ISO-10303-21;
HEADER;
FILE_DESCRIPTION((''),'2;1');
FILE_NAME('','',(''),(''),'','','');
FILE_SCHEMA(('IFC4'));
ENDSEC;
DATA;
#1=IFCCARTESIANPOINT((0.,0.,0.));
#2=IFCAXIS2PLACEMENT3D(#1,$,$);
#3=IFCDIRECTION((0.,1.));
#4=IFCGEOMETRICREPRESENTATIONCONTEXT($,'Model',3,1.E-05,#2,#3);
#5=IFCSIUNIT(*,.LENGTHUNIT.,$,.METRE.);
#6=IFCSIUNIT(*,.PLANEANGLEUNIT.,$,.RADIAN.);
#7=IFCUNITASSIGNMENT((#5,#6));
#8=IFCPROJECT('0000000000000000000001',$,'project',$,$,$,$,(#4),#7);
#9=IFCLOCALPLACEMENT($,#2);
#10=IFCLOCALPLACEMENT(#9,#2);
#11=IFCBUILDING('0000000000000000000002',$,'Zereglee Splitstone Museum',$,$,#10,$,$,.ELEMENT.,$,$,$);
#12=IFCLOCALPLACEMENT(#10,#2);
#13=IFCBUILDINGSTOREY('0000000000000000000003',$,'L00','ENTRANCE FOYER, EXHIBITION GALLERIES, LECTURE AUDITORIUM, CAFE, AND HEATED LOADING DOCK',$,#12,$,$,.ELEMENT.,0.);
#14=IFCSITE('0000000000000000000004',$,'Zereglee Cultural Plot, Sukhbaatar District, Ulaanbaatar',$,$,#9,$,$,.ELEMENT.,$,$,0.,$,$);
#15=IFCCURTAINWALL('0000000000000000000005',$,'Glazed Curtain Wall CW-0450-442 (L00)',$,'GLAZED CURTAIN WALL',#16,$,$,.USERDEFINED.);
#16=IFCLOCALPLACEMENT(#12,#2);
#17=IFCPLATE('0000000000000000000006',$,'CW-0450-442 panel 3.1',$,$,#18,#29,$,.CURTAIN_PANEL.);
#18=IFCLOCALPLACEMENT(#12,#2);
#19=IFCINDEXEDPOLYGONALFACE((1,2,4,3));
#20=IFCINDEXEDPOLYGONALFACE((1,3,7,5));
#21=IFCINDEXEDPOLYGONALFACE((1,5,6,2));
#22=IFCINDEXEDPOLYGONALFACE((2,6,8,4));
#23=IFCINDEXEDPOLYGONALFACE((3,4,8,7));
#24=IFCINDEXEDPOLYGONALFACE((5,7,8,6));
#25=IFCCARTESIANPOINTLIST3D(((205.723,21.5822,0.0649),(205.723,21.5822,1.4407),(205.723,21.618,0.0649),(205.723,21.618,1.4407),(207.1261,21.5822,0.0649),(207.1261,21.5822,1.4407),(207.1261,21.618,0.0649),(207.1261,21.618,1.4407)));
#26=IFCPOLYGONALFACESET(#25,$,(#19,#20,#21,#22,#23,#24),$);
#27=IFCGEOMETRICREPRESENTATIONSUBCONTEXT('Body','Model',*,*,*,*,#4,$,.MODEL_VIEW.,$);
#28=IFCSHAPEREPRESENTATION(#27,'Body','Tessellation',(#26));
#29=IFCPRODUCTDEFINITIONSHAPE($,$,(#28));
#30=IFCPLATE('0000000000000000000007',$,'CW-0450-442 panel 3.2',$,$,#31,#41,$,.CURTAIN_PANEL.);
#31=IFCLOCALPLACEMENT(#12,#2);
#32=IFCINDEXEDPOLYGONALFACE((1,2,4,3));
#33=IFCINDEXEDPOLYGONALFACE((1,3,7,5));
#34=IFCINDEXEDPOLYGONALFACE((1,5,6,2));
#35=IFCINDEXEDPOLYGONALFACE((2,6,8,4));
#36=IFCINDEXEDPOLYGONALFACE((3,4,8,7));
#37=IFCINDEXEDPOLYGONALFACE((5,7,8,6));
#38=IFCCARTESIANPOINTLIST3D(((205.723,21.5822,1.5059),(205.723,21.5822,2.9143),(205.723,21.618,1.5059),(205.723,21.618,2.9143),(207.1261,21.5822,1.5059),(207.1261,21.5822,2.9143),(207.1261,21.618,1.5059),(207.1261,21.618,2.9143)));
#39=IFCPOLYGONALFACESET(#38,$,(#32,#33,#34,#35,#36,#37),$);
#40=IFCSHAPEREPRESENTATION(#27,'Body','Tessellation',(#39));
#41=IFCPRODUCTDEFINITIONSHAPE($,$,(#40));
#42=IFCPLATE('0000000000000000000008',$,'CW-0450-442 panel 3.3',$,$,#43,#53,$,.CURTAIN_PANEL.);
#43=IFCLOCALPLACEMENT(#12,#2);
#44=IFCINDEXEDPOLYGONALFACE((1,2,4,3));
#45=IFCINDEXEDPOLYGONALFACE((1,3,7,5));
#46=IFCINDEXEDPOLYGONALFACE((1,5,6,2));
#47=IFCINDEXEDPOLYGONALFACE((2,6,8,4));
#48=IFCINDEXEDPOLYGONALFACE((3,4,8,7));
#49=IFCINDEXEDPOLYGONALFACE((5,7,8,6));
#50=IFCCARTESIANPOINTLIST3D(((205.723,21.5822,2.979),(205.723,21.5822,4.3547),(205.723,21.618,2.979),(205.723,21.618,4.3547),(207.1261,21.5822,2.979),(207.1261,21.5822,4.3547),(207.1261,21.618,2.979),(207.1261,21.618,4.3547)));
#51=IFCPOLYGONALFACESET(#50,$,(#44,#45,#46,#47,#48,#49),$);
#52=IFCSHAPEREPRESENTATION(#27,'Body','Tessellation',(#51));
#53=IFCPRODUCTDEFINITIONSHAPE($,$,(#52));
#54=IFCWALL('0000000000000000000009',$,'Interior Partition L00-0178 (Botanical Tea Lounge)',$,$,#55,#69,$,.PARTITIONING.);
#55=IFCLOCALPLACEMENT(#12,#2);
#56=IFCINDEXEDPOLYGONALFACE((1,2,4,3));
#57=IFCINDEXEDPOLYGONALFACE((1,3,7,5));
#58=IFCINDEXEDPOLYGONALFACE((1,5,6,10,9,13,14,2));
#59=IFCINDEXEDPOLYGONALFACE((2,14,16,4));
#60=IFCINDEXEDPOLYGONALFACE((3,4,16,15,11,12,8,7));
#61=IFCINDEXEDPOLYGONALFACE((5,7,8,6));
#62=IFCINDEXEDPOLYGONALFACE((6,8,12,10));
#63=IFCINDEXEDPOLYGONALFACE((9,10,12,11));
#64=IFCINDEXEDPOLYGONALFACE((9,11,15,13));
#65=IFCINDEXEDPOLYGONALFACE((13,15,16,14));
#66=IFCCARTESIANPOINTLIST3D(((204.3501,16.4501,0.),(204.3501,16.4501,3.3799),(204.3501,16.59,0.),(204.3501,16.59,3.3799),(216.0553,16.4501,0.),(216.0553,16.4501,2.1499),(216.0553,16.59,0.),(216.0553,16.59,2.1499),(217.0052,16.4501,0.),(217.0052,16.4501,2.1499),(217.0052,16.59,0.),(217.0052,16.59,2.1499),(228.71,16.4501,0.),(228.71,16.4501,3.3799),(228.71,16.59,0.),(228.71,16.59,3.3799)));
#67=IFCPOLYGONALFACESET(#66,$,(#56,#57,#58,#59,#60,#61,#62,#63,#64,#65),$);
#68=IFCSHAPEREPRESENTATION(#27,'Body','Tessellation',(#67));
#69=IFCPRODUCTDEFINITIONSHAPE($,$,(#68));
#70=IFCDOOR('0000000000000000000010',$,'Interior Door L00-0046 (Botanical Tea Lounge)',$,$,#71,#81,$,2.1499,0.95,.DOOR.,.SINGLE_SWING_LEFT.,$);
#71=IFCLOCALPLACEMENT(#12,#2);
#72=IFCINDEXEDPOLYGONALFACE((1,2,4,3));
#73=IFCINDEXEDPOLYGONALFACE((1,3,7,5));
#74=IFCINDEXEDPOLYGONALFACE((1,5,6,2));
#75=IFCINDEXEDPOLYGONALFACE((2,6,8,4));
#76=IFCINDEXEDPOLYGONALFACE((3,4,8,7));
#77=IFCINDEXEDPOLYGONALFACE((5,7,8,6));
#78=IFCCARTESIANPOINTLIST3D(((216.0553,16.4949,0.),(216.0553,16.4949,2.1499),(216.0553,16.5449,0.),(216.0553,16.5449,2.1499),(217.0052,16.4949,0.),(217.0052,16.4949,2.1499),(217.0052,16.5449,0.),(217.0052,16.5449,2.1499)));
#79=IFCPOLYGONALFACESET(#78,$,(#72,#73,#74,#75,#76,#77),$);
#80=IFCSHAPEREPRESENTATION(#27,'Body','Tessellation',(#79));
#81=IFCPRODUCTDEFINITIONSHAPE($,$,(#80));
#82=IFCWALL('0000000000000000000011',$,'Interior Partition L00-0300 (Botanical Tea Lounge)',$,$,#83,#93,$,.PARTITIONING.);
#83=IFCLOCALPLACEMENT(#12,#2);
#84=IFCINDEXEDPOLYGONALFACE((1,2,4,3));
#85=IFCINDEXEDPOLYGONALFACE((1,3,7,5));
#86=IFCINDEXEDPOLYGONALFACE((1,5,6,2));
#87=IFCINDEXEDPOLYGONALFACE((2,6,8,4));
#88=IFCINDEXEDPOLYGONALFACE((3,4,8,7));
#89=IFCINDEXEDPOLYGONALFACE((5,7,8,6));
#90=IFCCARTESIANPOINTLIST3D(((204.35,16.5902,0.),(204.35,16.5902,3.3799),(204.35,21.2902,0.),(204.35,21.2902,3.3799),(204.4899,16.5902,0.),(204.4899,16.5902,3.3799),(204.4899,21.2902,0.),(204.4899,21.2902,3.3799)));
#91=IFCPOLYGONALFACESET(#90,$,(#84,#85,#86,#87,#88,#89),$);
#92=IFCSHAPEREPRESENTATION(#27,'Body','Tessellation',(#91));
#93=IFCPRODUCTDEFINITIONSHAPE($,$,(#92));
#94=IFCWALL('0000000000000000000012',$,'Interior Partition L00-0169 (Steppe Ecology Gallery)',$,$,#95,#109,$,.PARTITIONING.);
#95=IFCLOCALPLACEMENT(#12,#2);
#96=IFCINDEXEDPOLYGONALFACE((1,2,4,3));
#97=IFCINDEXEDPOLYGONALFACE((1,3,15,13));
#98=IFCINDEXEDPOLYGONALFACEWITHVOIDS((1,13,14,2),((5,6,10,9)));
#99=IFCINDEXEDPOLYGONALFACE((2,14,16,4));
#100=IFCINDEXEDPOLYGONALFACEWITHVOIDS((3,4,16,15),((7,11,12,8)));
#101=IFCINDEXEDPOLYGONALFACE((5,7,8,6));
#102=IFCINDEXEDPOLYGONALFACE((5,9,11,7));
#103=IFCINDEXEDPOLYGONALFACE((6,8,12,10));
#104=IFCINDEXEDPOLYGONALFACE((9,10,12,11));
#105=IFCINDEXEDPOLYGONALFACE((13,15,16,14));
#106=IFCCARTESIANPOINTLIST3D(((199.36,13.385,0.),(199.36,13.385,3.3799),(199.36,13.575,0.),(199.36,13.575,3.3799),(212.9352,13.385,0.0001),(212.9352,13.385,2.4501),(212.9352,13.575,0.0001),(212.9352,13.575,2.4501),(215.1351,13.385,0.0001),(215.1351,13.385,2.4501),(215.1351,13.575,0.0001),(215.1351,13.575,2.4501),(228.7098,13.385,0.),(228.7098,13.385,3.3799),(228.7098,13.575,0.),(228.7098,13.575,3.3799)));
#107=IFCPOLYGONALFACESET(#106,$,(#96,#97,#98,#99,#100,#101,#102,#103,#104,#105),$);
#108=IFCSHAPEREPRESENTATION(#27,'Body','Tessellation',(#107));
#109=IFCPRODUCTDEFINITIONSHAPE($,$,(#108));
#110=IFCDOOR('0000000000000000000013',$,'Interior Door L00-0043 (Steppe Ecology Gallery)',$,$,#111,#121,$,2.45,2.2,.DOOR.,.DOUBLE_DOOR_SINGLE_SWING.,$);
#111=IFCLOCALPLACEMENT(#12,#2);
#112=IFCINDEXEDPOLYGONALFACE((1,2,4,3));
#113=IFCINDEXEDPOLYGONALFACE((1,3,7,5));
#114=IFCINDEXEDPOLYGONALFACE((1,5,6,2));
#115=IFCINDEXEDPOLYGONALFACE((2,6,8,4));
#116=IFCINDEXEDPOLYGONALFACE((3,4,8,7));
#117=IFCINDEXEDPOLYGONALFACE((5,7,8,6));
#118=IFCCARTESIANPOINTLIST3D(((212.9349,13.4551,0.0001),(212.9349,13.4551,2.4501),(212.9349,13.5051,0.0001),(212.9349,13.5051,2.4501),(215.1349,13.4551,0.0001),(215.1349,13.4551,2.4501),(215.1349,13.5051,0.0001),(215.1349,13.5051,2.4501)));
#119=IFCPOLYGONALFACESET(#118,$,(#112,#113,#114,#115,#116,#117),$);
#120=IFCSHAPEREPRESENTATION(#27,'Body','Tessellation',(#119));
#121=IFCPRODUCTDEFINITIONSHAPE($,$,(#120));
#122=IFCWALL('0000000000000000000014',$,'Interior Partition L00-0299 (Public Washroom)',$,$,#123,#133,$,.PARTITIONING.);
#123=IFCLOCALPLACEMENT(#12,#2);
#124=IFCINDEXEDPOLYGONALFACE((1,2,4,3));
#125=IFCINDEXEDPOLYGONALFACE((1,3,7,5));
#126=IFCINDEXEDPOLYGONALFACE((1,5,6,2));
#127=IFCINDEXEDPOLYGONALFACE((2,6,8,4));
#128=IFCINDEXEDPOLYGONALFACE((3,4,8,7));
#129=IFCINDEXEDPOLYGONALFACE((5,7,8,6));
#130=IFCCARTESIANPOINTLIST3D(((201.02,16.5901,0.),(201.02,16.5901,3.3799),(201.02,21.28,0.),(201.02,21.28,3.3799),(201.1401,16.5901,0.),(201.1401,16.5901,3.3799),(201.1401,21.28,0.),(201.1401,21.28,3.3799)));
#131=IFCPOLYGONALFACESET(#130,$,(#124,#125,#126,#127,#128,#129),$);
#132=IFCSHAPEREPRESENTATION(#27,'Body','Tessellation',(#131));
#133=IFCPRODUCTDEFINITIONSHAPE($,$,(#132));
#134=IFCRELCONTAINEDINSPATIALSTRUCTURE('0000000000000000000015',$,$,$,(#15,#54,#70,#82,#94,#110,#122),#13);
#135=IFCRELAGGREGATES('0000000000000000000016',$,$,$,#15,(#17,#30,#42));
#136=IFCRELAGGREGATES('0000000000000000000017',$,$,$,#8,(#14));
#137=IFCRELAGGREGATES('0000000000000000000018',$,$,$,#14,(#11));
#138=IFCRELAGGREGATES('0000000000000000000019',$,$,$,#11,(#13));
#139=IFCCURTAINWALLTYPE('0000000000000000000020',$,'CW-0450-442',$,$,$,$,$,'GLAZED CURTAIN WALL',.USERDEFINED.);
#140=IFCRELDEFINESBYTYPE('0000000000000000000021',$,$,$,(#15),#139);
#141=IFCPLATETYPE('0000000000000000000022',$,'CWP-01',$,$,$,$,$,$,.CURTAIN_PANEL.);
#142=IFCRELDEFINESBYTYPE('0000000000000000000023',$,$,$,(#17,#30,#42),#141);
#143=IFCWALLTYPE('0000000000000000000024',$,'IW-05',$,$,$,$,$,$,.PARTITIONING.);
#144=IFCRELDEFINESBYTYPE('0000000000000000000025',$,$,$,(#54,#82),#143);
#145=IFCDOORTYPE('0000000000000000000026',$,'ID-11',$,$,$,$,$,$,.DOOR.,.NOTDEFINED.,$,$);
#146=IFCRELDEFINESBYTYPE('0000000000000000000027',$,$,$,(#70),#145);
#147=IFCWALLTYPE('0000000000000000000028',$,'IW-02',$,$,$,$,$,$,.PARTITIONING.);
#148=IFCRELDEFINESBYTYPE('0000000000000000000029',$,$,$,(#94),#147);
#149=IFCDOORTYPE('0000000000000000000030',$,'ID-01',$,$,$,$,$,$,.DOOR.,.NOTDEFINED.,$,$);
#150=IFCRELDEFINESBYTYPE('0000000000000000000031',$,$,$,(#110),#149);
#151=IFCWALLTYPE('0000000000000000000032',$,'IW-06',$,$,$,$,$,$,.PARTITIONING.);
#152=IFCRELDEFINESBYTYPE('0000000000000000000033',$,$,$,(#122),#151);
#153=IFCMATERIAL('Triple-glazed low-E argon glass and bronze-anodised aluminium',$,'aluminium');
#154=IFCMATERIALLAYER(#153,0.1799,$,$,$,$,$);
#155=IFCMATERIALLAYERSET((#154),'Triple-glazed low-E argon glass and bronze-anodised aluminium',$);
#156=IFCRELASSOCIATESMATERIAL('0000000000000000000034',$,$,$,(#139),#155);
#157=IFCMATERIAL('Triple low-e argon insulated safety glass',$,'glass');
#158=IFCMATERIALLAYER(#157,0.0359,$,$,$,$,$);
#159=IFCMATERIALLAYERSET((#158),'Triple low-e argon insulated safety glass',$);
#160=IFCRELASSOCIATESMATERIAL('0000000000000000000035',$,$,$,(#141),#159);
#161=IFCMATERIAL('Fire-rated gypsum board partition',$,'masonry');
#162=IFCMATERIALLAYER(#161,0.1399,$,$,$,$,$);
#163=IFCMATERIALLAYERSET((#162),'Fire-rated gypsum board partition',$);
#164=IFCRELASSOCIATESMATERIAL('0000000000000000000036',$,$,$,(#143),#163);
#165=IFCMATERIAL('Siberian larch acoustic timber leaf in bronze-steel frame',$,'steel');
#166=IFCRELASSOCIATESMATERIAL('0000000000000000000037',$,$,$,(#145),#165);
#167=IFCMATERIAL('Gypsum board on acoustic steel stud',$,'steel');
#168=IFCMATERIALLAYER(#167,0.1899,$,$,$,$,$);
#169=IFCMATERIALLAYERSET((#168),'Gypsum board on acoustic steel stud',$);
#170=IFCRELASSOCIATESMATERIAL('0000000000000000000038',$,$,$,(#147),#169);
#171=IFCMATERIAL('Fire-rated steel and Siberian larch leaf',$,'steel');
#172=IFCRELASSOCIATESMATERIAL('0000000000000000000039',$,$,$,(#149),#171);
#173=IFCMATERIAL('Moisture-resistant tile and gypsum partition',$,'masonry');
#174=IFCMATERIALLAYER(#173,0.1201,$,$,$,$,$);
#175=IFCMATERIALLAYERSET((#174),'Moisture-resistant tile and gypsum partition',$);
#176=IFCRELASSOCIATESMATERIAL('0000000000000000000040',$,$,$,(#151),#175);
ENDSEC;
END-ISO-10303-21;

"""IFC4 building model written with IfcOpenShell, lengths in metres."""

from ifc_helpers import new_model, si_unit, direction, frame, frame_2d, origin, origin_2d, place, context, subcontext, project, spatial, rectangle, extrude, material, layer, layer_set, type_object, element, fill, aggregate, save


model = new_model("IFC4")

# Units and contexts
model_context = context("Model", 3, precision=1e-05, world=origin(), true_north=direction((0.0, 1.0)))
body_context = subcontext(model_context, "Body", "Model", "MODEL_VIEW")
ifc_project = project(units=[si_unit("LENGTHUNIT", "METRE"), si_unit("PLANEANGLEUNIT", "RADIAN")], contexts=[model_context])

# Site, building, storey
site_placement = place(None, origin())
site = spatial("IfcSite", under=ifc_project, at=site_placement, Name="Zereglee Cultural Plot, Sukhbaatar District, Ulaanbaatar", CompositionType="ELEMENT", RefElevation=0.0)
building_placement = place(site_placement, origin())
building = spatial("IfcBuilding", under=site, at=building_placement, Name="Zereglee Splitstone Museum", CompositionType="ELEMENT")
storey_placement = place(building_placement, origin())
storey = spatial("IfcBuildingStorey", under=building, at=storey_placement, Name="L00", Description="ENTRANCE FOYER, EXHIBITION GALLERIES, LECTURE AUDITORIUM, CAFE, AND HEATED LOADING DOCK", CompositionType="ELEMENT", Elevation=0.0)

# Curtain wall
ifc_material_1 = material(Name="Triple-glazed low-E argon glass and bronze-anodised aluminium", Category="aluminium")
ifc_layer_1 = layer(ifc_material_1, 0.1799)
ifc_layer_set_1 = layer_set([ifc_layer_1], Name="Triple-glazed low-E argon glass and bronze-anodised aluminium")
curtain_wall_type = type_object("IfcCurtainWallType", Name="CW-0450-442", ElementType="GLAZED CURTAIN WALL", PredefinedType="USERDEFINED", material=ifc_layer_set_1)
curtain_wall_placement = place(storey_placement, origin())
curtain_wall = element("IfcCurtainWall", 1, at=curtain_wall_placement, inside=storey, type_object=curtain_wall_type, Name="Glazed Curtain Wall CW-0450-442 (L00)", ObjectType="GLAZED CURTAIN WALL", PredefinedType="USERDEFINED")

# Plates
ifc_material_2 = material(Name="Triple low-e argon insulated safety glass", Category="glass")
ifc_layer_2 = layer(ifc_material_2, 0.0359)
ifc_layer_set_2 = layer_set([ifc_layer_2], Name="Triple low-e argon insulated safety glass")
plate_type = type_object("IfcPlateType", Name="CWP-01", PredefinedType="CURTAIN_PANEL", material=ifc_layer_set_2)
plate_1_placement = place(storey_placement, frame((206.4246, 21.6001, 0.0649), z_axis=(0.0, 0.0, 1.0), x_axis=(-1.0, 0.0, 0.0)))
plate_1 = element("IfcPlate", 2, at=plate_1_placement, type_object=plate_type, Name="CW-0450-442 panel 3.1", PredefinedType="CURTAIN_PANEL", context=body_context, shape_type="SweptSolid", body=[
    extrude(rectangle(XDim=1.4031, YDim=0.0359, at=origin_2d()), origin(), (0.0, 0.0, 1.0), 1.3757),
])
plate_2_placement = place(storey_placement, frame((206.4246, 21.6001, 1.5059), z_axis=(0.0, 0.0, 1.0), x_axis=(-1.0, 0.0, 0.0)))
plate_2 = element("IfcPlate", 3, at=plate_2_placement, type_object=plate_type, Name="CW-0450-442 panel 3.2", PredefinedType="CURTAIN_PANEL", context=body_context, shape_type="SweptSolid", body=[
    extrude(rectangle(XDim=1.4031, YDim=0.0359, at=origin_2d()), origin(), (0.0, 0.0, 1.0), 1.4084),
])
plate_3_placement = place(storey_placement, frame((206.4246, 21.6001, 2.979), z_axis=(0.0, 0.0, 1.0), x_axis=(-1.0, 0.0, 0.0)))
plate_3 = element("IfcPlate", 4, at=plate_3_placement, type_object=plate_type, Name="CW-0450-442 panel 3.3", PredefinedType="CURTAIN_PANEL", context=body_context, shape_type="SweptSolid", body=[
    extrude(rectangle(XDim=1.4031, YDim=0.0359, at=origin_2d()), origin(), (0.0, 0.0, 1.0), 1.3757),
])
aggregate(curtain_wall, [plate_1, plate_2, plate_3])

# Wall, opening, door
ifc_material_3 = material(Name="Fire-rated gypsum board partition", Category="masonry")
ifc_layer_3 = layer(ifc_material_3, 0.1399)
ifc_layer_set_3 = layer_set([ifc_layer_3], Name="Fire-rated gypsum board partition")
wall_type_1 = type_object("IfcWallType", Name="IW-05", PredefinedType="PARTITIONING", material=ifc_layer_set_3)
wall_1_placement = place(storey_placement, frame((204.3501, 16.52, 0.0), z_axis=(0.0, 0.0, 1.0), x_axis=(1.0, 0.0, 0.0)))
wall_1 = element("IfcWall", 5, at=wall_1_placement, inside=storey, type_object=wall_type_1, Name="Interior Partition L00-0178 (Botanical Tea Lounge)", PredefinedType="PARTITIONING", context=body_context, shape_type="SweptSolid", body=[
    extrude(rectangle(XDim=24.3599, YDim=0.1399, at=frame_2d((12.1799, 0.0))), origin(), (0.0, 0.0, 1.0), 3.3799),
])
opening_1_placement = place(wall_1_placement, frame((11.7051, 0.0, 0.0)))
opening_1 = element("IfcOpeningElement", 6, at=opening_1_placement, cuts=wall_1, PredefinedType="OPENING", context=body_context, shape_type="SweptSolid", body=[
    extrude(rectangle(XDim=0.95, YDim=2.1499, at=frame_2d((0.4751, 1.075))), frame((0.0, 0.085, 0.0), z_axis=(0.0, -1.0, 0.0), x_axis=(1.0, 0.0, 0.0)), (0.0, 0.0, 1.0), 0.1697),
])
ifc_material_4 = material(Name="Siberian larch acoustic timber leaf in bronze-steel frame", Category="steel")
door_type_1 = type_object("IfcDoorType", Name="ID-11", OperationType="NOTDEFINED", PredefinedType="DOOR", material=ifc_material_4)
door_1_placement = place(opening_1_placement, origin())
door_1 = element("IfcDoor", 7, at=door_1_placement, inside=storey, type_object=door_type_1, Name="Interior Door L00-0046 (Botanical Tea Lounge)", OperationType="SINGLE_SWING_LEFT", OverallHeight=2.1499, OverallWidth=0.95, PredefinedType="DOOR", context=body_context, shape_type="SweptSolid", body=[
    extrude(rectangle(XDim=0.95, YDim=2.1499, at=frame_2d((0.4751, 1.075))), frame((0.0, 0.0249, 0.0), z_axis=(0.0, -1.0, 0.0), x_axis=(1.0, 0.0, 0.0)), (0.0, 0.0, 1.0), 0.05),
])
fill(opening_1, door_1)

# Wall
wall_2_placement = place(storey_placement, frame((204.4199, 16.5901, 0.0), z_axis=(0.0, 0.0, 1.0), x_axis=(0.0, 1.0, 0.0)))
element("IfcWall", 8, at=wall_2_placement, inside=storey, type_object=wall_type_1, Name="Interior Partition L00-0300 (Botanical Tea Lounge)", PredefinedType="PARTITIONING", context=body_context, shape_type="SweptSolid", body=[
    extrude(rectangle(XDim=4.7, YDim=0.1399, at=frame_2d((2.3501, 0.0))), origin(), (0.0, 0.0, 1.0), 3.3799),
])

# Wall, opening, door
ifc_material_5 = material(Name="Gypsum board on acoustic steel stud", Category="steel")
ifc_layer_4 = layer(ifc_material_5, 0.1899)
ifc_layer_set_4 = layer_set([ifc_layer_4], Name="Gypsum board on acoustic steel stud")
wall_type_2 = type_object("IfcWallType", Name="IW-02", PredefinedType="PARTITIONING", material=ifc_layer_set_4)
wall_3_placement = place(storey_placement, frame((199.3601, 13.48, 0.0), z_axis=(0.0, 0.0, 1.0), x_axis=(1.0, 0.0, 0.0)))
wall_3 = element("IfcWall", 9, at=wall_3_placement, inside=storey, type_object=wall_type_2, Name="Interior Partition L00-0169 (Steppe Ecology Gallery)", PredefinedType="PARTITIONING", context=body_context, shape_type="SweptSolid", body=[
    extrude(rectangle(XDim=29.3499, YDim=0.1899, at=frame_2d((14.6748, 0.0))), origin(), (0.0, 0.0, 1.0), 3.3799),
])
opening_2_placement = place(wall_3_placement, frame((13.575, 0.0, 0.0)))
opening_2 = element("IfcOpeningElement", 10, at=opening_2_placement, cuts=wall_3, PredefinedType="OPENING", context=body_context, shape_type="SweptSolid", body=[
    extrude(rectangle(XDim=2.2, YDim=2.45, at=frame_2d((1.1001, 1.2251))), frame((0.0, 0.1099, 0.0), z_axis=(0.0, -1.0, 0.0), x_axis=(1.0, 0.0, 0.0)), (0.0, 0.0, 1.0), 0.2197),
])
ifc_material_6 = material(Name="Fire-rated steel and Siberian larch leaf", Category="steel")
door_type_2 = type_object("IfcDoorType", Name="ID-01", OperationType="NOTDEFINED", PredefinedType="DOOR", material=ifc_material_6)
door_2_placement = place(opening_2_placement, frame((2.2, 0.0, 0.0), z_axis=(0.0, 0.0, 1.0), x_axis=(-1.0, 0.0, 0.0)))
door_2 = element("IfcDoor", 11, at=door_2_placement, inside=storey, type_object=door_type_2, Name="Interior Door L00-0043 (Steppe Ecology Gallery)", OperationType="DOUBLE_DOOR_SINGLE_SWING", OverallHeight=2.45, OverallWidth=2.2, PredefinedType="DOOR", context=body_context, shape_type="SweptSolid", body=[
    extrude(rectangle(XDim=2.2, YDim=2.45, at=frame_2d((1.1001, 1.2251))), frame((0.0, 0.0249, 0.0), z_axis=(0.0, -1.0, 0.0), x_axis=(1.0, 0.0, 0.0)), (0.0, 0.0, 1.0), 0.05),
])
fill(opening_2, door_2)

# Wall
ifc_material_7 = material(Name="Moisture-resistant tile and gypsum partition", Category="masonry")
ifc_layer_5 = layer(ifc_material_7, 0.1201)
ifc_layer_set_5 = layer_set([ifc_layer_5], Name="Moisture-resistant tile and gypsum partition")
wall_type_3 = type_object("IfcWallType", Name="IW-06", PredefinedType="PARTITIONING", material=ifc_layer_set_5)
wall_4_placement = place(storey_placement, frame((201.0801, 16.5901, 0.0), z_axis=(0.0, 0.0, 1.0), x_axis=(0.0, 1.0, 0.0)))
element("IfcWall", 12, at=wall_4_placement, inside=storey, type_object=wall_type_3, Name="Interior Partition L00-0299 (Public Washroom)", PredefinedType="PARTITIONING", context=body_context, shape_type="SweptSolid", body=[
    extrude(rectangle(XDim=4.6899, YDim=0.1201, at=frame_2d((2.345, 0.0))), origin(), (0.0, 0.0, 1.0), 3.3799),
])

save(model, "model.ifc")
